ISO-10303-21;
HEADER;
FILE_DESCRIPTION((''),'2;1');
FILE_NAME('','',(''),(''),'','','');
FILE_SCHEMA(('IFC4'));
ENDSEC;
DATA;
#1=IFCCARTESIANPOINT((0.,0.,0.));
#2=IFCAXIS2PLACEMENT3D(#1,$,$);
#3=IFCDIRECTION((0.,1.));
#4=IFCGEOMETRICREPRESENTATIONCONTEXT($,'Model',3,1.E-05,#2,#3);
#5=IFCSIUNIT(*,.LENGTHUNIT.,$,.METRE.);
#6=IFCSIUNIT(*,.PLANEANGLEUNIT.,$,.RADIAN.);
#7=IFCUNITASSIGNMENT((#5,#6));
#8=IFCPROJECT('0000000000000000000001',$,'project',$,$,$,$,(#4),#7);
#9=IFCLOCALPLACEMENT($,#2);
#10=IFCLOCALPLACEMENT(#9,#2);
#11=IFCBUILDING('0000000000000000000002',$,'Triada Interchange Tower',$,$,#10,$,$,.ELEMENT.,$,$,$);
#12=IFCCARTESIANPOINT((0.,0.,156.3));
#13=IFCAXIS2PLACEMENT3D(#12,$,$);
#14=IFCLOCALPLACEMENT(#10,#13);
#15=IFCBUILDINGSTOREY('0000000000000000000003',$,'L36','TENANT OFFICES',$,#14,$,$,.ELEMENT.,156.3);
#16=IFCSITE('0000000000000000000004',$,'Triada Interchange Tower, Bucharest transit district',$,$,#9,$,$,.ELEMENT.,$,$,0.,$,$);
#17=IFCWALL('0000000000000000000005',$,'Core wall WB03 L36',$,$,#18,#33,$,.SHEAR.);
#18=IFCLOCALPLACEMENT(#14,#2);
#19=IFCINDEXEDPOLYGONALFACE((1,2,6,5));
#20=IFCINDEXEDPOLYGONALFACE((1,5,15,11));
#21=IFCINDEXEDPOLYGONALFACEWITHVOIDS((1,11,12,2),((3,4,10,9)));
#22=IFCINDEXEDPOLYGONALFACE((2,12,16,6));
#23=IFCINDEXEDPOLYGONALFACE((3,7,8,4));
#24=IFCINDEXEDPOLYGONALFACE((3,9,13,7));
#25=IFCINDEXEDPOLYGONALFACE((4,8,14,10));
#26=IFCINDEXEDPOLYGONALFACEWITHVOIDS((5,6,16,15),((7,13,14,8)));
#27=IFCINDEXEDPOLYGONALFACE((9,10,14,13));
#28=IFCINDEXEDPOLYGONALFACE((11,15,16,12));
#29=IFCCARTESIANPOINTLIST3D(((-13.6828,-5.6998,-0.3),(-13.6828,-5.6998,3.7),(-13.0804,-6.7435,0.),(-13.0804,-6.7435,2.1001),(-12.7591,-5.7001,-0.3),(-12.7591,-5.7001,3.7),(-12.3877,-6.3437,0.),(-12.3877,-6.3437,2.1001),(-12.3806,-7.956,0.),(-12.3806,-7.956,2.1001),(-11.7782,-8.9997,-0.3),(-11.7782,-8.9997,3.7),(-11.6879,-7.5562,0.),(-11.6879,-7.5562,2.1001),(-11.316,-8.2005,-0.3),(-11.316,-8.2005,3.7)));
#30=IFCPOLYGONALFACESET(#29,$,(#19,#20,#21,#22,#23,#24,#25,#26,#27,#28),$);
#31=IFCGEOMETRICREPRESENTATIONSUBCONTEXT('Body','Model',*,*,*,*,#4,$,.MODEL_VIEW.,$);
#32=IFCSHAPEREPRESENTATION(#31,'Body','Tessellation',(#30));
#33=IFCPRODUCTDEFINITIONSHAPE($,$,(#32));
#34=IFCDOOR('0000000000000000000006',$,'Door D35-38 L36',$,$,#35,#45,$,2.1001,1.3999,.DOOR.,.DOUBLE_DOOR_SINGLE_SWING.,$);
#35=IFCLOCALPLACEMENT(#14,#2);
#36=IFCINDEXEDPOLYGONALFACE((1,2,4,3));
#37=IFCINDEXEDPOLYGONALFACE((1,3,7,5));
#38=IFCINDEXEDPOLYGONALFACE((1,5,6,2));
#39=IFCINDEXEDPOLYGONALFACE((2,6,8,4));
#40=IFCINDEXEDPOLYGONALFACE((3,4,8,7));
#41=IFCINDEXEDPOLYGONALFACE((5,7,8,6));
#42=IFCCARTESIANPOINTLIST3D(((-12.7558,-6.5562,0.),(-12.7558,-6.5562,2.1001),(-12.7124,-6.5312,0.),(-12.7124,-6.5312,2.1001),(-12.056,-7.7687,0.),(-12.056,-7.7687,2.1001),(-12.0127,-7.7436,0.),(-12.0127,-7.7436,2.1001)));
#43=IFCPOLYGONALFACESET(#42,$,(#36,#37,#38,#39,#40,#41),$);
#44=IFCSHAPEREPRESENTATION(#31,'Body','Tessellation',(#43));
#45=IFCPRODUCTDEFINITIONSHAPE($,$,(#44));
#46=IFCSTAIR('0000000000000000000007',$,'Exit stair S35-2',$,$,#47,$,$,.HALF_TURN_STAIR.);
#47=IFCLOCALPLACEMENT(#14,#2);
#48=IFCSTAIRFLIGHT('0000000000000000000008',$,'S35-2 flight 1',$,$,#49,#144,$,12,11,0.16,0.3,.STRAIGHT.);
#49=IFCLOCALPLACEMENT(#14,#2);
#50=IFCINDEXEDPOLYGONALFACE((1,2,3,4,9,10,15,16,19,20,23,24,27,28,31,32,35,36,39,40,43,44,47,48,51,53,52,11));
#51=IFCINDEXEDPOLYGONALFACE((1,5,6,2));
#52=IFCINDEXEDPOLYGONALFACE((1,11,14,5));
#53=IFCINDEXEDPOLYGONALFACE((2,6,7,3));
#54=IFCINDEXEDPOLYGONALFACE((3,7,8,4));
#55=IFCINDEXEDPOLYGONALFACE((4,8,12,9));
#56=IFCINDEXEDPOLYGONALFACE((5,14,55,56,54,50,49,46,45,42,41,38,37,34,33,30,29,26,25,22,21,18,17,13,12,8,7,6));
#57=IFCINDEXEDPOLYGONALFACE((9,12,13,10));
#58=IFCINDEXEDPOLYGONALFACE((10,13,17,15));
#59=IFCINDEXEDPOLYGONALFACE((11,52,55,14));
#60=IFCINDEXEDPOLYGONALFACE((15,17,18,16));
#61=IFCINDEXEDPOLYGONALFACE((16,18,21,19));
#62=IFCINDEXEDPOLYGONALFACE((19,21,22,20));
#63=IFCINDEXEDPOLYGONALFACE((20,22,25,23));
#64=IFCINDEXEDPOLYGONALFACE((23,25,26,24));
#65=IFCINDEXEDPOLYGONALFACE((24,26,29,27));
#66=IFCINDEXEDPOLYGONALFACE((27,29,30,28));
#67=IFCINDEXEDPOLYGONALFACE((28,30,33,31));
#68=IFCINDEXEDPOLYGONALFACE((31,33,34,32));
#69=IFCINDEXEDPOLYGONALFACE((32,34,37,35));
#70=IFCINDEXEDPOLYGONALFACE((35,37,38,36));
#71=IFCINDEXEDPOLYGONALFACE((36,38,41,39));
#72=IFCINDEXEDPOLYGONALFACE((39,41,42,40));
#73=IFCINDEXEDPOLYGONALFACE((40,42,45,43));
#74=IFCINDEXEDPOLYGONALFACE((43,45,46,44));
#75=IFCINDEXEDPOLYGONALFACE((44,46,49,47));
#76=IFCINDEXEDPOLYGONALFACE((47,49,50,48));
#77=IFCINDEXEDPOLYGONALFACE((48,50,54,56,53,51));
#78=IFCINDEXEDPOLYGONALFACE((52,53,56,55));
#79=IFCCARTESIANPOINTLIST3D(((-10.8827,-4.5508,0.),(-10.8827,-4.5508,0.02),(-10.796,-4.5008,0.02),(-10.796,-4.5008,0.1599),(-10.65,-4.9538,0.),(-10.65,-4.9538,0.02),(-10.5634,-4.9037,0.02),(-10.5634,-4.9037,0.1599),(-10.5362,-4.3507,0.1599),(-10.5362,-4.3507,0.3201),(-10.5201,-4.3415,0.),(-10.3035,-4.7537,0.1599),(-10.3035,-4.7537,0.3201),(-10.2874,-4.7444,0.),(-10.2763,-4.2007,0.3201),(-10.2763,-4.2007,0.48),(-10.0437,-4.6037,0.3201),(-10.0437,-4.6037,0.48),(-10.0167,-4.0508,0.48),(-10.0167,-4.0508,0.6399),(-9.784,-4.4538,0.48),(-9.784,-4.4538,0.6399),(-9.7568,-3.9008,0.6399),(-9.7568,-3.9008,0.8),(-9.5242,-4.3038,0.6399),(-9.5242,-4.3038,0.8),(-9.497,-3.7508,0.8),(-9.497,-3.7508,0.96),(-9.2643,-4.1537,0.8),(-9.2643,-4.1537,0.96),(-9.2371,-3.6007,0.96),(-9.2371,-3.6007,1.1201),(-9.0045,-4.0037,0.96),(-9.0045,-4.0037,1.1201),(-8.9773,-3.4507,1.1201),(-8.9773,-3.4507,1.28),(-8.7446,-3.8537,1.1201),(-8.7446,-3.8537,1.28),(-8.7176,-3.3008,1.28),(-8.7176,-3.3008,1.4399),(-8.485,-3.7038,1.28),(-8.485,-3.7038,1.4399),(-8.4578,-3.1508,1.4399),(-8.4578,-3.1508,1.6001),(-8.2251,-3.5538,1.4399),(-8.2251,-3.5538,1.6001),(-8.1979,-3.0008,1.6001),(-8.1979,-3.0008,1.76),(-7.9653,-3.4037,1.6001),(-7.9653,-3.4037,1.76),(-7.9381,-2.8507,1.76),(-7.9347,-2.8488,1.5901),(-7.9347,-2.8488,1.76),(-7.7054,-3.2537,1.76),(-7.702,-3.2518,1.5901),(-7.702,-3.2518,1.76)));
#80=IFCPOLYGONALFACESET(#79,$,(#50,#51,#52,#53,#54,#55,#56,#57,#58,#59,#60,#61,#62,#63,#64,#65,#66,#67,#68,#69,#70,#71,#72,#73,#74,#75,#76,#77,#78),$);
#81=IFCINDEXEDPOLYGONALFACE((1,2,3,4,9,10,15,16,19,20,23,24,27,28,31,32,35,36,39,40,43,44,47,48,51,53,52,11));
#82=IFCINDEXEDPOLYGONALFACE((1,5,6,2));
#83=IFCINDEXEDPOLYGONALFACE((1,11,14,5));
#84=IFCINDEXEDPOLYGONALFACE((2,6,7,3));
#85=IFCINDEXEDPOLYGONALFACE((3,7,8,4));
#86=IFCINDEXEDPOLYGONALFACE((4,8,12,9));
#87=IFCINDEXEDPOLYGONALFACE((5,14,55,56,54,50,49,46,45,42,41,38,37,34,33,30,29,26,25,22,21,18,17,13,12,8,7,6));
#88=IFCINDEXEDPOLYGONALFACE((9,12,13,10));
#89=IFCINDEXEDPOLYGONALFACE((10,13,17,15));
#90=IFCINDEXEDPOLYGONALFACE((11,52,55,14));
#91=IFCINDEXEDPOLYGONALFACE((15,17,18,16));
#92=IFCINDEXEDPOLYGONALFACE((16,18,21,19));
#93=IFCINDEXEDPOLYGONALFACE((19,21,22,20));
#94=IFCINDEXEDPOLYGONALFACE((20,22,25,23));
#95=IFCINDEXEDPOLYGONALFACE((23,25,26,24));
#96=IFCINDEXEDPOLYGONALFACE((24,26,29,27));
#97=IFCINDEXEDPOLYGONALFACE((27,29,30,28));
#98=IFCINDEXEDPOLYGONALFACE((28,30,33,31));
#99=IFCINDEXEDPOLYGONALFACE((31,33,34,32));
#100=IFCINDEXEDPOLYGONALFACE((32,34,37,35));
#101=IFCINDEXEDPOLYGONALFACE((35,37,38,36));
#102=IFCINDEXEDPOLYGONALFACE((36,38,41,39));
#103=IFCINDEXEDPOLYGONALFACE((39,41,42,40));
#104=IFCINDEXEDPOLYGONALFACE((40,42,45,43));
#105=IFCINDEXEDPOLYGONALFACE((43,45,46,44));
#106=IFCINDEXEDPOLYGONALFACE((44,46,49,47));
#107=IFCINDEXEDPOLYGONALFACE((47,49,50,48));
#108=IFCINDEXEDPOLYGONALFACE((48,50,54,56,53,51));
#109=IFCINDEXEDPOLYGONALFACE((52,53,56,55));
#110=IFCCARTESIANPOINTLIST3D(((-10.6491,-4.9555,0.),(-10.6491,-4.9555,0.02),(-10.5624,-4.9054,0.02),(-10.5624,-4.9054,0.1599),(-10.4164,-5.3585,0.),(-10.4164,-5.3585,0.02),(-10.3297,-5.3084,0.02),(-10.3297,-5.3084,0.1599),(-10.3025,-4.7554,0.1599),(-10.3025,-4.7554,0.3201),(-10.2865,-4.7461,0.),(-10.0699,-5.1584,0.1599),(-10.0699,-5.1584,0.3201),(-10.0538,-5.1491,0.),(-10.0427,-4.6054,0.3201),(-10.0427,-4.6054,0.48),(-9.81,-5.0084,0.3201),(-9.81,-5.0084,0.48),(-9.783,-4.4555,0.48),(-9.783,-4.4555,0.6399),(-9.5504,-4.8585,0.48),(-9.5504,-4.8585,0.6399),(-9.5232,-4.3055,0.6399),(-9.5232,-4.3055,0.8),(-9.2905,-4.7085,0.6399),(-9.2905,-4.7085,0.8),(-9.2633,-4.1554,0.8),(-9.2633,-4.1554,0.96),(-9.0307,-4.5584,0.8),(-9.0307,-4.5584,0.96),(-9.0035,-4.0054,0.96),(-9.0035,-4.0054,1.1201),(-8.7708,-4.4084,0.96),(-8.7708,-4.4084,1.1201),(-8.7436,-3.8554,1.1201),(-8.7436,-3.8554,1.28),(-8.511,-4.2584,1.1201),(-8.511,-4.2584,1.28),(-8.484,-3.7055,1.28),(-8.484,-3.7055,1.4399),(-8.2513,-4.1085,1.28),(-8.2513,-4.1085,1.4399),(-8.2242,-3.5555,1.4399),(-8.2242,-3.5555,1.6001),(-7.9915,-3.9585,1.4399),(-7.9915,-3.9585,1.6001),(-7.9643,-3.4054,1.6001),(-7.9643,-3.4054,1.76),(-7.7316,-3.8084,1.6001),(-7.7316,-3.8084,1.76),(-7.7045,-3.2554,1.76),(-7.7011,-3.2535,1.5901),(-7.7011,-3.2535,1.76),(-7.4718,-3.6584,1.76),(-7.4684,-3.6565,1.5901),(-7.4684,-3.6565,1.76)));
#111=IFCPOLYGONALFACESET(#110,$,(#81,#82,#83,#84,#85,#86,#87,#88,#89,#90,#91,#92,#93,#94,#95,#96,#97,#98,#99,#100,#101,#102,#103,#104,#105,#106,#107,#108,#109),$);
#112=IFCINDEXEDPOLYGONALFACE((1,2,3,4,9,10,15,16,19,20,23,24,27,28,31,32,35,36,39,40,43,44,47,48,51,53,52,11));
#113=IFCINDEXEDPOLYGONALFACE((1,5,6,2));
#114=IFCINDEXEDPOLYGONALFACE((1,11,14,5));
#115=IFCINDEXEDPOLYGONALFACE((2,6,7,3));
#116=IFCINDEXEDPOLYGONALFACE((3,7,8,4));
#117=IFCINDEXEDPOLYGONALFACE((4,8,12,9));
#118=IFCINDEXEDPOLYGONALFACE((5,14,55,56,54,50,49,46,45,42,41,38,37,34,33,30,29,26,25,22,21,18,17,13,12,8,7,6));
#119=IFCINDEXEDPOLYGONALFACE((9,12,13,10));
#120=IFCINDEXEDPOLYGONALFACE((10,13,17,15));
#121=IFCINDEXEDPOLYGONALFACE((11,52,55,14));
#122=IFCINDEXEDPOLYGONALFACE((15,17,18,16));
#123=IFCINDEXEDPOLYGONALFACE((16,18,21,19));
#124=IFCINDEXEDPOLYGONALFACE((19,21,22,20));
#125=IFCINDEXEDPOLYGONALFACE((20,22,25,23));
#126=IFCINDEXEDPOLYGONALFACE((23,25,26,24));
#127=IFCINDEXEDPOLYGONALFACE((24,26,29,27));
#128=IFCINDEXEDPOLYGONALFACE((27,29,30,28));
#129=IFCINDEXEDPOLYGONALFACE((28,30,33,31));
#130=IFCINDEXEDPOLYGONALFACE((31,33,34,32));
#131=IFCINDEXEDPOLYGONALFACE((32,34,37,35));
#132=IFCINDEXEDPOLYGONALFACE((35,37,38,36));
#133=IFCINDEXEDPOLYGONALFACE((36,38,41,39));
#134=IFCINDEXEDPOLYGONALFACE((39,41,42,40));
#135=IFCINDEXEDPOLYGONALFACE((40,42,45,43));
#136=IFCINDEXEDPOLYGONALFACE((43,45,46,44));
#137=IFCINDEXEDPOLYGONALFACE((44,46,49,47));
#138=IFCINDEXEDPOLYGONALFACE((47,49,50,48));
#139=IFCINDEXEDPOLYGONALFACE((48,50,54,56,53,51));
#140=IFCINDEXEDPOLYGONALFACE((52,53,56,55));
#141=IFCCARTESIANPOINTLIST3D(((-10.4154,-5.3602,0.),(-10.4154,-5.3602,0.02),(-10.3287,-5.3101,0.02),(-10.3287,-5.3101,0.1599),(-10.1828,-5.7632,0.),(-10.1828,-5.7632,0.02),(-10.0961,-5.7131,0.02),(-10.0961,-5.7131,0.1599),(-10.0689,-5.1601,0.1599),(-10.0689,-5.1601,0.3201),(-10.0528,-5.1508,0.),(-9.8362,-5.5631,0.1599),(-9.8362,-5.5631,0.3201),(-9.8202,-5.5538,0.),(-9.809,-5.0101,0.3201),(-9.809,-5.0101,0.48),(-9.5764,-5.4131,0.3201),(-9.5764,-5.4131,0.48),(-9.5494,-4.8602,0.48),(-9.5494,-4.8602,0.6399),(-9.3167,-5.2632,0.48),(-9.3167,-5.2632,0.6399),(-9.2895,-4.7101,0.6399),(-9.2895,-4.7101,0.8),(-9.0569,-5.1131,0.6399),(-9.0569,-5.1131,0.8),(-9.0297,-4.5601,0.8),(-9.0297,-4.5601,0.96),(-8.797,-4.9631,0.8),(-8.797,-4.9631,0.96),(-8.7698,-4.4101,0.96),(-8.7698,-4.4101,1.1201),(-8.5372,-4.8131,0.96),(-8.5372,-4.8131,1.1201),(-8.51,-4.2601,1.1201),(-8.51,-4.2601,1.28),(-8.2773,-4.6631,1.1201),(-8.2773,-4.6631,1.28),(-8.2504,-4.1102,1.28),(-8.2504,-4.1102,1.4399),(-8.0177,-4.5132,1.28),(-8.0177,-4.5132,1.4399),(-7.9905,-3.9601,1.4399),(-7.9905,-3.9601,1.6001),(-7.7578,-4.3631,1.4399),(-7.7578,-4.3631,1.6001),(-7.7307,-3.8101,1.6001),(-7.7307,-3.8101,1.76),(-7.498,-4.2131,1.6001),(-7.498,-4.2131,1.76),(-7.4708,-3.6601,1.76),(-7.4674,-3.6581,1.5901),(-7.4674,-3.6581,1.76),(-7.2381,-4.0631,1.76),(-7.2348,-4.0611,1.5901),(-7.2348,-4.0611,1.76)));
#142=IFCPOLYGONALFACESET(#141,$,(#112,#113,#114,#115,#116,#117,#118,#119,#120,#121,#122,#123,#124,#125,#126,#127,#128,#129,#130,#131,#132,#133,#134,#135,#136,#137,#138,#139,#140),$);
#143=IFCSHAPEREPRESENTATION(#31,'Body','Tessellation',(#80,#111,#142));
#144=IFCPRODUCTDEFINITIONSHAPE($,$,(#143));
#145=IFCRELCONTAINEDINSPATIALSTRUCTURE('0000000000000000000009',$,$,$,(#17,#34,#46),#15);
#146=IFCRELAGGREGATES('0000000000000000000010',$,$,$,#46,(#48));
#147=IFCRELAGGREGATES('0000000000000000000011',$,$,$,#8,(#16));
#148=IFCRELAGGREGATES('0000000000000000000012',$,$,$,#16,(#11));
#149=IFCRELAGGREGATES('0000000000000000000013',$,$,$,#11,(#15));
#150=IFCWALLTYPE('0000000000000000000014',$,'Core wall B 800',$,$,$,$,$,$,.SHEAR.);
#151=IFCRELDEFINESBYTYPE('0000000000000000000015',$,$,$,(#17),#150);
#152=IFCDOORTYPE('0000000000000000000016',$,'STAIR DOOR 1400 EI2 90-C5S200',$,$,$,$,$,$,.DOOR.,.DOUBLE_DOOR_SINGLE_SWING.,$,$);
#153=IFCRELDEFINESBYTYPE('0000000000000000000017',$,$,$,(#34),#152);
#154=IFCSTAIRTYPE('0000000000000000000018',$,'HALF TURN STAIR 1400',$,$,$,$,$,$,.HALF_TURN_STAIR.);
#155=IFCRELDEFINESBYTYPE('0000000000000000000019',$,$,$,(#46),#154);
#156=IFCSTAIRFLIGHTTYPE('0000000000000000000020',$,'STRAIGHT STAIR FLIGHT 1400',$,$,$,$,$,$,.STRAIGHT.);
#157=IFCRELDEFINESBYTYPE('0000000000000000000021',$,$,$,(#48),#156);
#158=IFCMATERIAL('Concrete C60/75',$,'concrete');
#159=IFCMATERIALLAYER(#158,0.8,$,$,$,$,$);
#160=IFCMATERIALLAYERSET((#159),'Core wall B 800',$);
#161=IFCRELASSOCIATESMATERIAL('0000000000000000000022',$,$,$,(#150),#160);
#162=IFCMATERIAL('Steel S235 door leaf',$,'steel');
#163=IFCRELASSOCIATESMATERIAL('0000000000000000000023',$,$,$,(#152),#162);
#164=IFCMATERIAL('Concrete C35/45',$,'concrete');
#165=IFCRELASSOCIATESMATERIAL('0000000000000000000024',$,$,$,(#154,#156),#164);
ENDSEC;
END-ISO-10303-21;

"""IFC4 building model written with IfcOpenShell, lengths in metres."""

from ifc_helpers import new_model, si_unit, direction, frame, frame_2d, origin, place, context, subcontext, project, spatial, polyline, rectangle, outline, extrude, material, layer, layer_set, type_object, element, fill, aggregate, save


model = new_model("IFC4")

# Units and contexts
model_context = context("Model", 3, precision=1e-05, world=origin(), true_north=direction((0.0, 1.0)))
body_context = subcontext(model_context, "Body", "Model", "MODEL_VIEW")
ifc_project = project(units=[si_unit("LENGTHUNIT", "METRE"), si_unit("PLANEANGLEUNIT", "RADIAN")], contexts=[model_context])

# Site, building, storey
site_placement = place(None, origin())
site = spatial("IfcSite", under=ifc_project, at=site_placement, Name="Triada Interchange Tower, Bucharest transit district", CompositionType="ELEMENT", RefElevation=0.0)
building_placement = place(site_placement, origin())
building = spatial("IfcBuilding", under=site, at=building_placement, Name="Triada Interchange Tower", CompositionType="ELEMENT")
storey_placement = place(building_placement, frame((0.0, 0.0, 156.3)))
storey = spatial("IfcBuildingStorey", under=building, at=storey_placement, Name="L36", Description="TENANT OFFICES", CompositionType="ELEMENT", Elevation=156.3)

# Shared definitions
ifc_material_1 = material(Name="Steel S235 door leaf", Category="steel")

# Wall, opening, door
ifc_material_2 = material(Name="Concrete C60/75", Category="concrete")
ifc_layer_1 = layer(ifc_material_2, 0.8)
ifc_layer_set_1 = layer_set([ifc_layer_1], Name="Core wall B 800")
wall_type_1 = type_object("IfcWallType", Name="Core wall B 800", PredefinedType="SHEAR", material=ifc_layer_set_1)
wall_1_placement = place(storey_placement, frame((-13.2209, -5.7, -0.3), z_axis=(0.0, 0.0, 1.0), x_axis=(0.499872, -0.866099, 0.0)))
wall_1 = element("IfcWall", 1, at=wall_1_placement, inside=storey, type_object=wall_type_1, Name="Core wall WB03 L36", PredefinedType="SHEAR", context=body_context, shape_type="SweptSolid", body=[
    extrude(outline(polyline([(-0.231, -0.3999), (1.6741, -0.3999), (3.5791, -0.3999), (3.1179, 0.3999), (1.6743, 0.3999), (0.231, 0.3999), (-0.231, -0.3999)])), origin(), (0.0, 0.0, 1.0), 4.0),
])
opening_1_placement = place(wall_1_placement, frame((0.9741, 0.0, 0.3)))
opening_1 = element("IfcOpeningElement", 2, at=opening_1_placement, cuts=wall_1, PredefinedType="OPENING", context=body_context, shape_type="SweptSolid", body=[
    extrude(rectangle(XDim=1.3999, YDim=2.1001, at=frame_2d((0.7, 1.05))), frame((0.0, 0.4099, 0.0), z_axis=(0.0, -1.0, 0.0), x_axis=(1.0, 0.0, 0.0)), (0.0, 0.0, 1.0), 0.8201),
])
door_type_1 = type_object("IfcDoorType", Name="STAIR DOOR 1400 EI2 90-C5S200", OperationType="DOUBLE_DOOR_SINGLE_SWING", PredefinedType="DOOR", material=ifc_material_1)
door_1_placement = place(opening_1_placement, origin())
door_1 = element("IfcDoor", 3, at=door_1_placement, inside=storey, type_object=door_type_1, Name="Door D35-38 L36", OperationType="DOUBLE_DOOR_SINGLE_SWING", OverallHeight=2.1001, OverallWidth=1.3999, PredefinedType="DOOR", context=body_context, shape_type="SweptSolid", body=[
    extrude(rectangle(XDim=1.3999, YDim=2.1001, at=frame_2d((0.7, 1.05))), frame((0.0, 0.0249, 0.0), z_axis=(0.0, -1.0, 0.0), x_axis=(1.0, 0.0, 0.0)), (0.0, 0.0, 1.0), 0.05),
])
fill(opening_1, door_1)

# Stair, stair flight
ifc_material_3 = material(Name="Concrete C35/45", Category="concrete")
stair_type = type_object("IfcStairType", Name="HALF TURN STAIR 1400", PredefinedType="HALF_TURN_STAIR", material=ifc_material_3)
stair_placement = place(storey_placement, origin())
stair = element("IfcStair", 4, at=stair_placement, inside=storey, type_object=stair_type, Name="Exit stair S35-2", PredefinedType="HALF_TURN_STAIR")
stair_flight_type = type_object("IfcStairFlightType", Name="STRAIGHT STAIR FLIGHT 1400", PredefinedType="STRAIGHT", material=ifc_material_3)
stair_flight_1_placement = place(storey_placement, frame((-10.446, -5.1069, 0.0), z_axis=(0.0, 0.0, 1.0), x_axis=(0.866025, 0.5, 0.0)))
stair_flight_1 = element("IfcStairFlight", 5, at=stair_flight_1_placement, type_object=stair_flight_type, Name="S35-2 flight 1", NumberOfRisers=12, NumberOfTreads=11, PredefinedType="STRAIGHT", RiserHeight=0.16, TreadLength=0.3, context=body_context, shape_type="SweptSolid", body=[
    extrude(outline(polyline([(-0.1001, 0.0), (-0.1001, 0.02), (0.0, 0.02), (0.0, 0.1599), (0.3, 0.1599), (0.3, 0.3201), (0.6001, 0.3201), (0.6001, 0.48), (0.8999, 0.48), (0.8999, 0.6399), (1.2, 0.6399), (1.2, 0.8), (1.5, 0.8), (1.5, 0.96), (1.8, 0.96), (1.8, 1.1201), (2.1001, 1.1201), (2.1001, 1.28), (2.3999, 1.28), (2.3999, 1.4399), (2.7, 1.4399), (2.7, 1.6001), (3.0, 1.6001), (3.0, 1.76), (3.3, 1.76), (3.304, 1.76), (3.304, 1.9199), (3.304, 1.5901), (0.3186, 0.0), (-0.1001, 0.0)])), frame((0.0, 0.7, 0.0), z_axis=(0.0, -1.0, 0.0), x_axis=(1.0, 0.0, 0.0)), (0.0, 0.0, 1.0), 0.4653),
    extrude(outline(polyline([(-0.1001, 0.0), (-0.1001, 0.02), (0.0, 0.02), (0.0, 0.1599), (0.3, 0.1599), (0.3, 0.3201), (0.6001, 0.3201), (0.6001, 0.48), (0.8999, 0.48), (0.8999, 0.6399), (1.2, 0.6399), (1.2, 0.8), (1.5, 0.8), (1.5, 0.96), (1.8, 0.96), (1.8, 1.1201), (2.1001, 1.1201), (2.1001, 1.28), (2.3999, 1.28), (2.3999, 1.4399), (2.7, 1.4399), (2.7, 1.6001), (3.0, 1.6001), (3.0, 1.76), (3.3, 1.76), (3.304, 1.76), (3.304, 1.9199), (3.304, 1.5901), (0.3186, 0.0), (-0.1001, 0.0)])), frame((0.0, 0.2327, 0.0), z_axis=(0.0, -1.0, 0.0), x_axis=(1.0, 0.0, 0.0)), (0.0, 0.0, 1.0), 0.4653),
    extrude(outline(polyline([(-0.1001, 0.0), (-0.1001, 0.02), (0.0, 0.02), (0.0, 0.1599), (0.3, 0.1599), (0.3, 0.3201), (0.6001, 0.3201), (0.6001, 0.48), (0.8999, 0.48), (0.8999, 0.6399), (1.2, 0.6399), (1.2, 0.8), (1.5, 0.8), (1.5, 0.96), (1.8, 0.96), (1.8, 1.1201), (2.1001, 1.1201), (2.1001, 1.28), (2.3999, 1.28), (2.3999, 1.4399), (2.7, 1.4399), (2.7, 1.6001), (3.0, 1.6001), (3.0, 1.76), (3.3, 1.76), (3.304, 1.76), (3.304, 1.9199), (3.304, 1.5901), (0.3186, 0.0), (-0.1001, 0.0)])), frame((0.0, -0.2346, 0.0), z_axis=(0.0, -1.0, 0.0), x_axis=(1.0, 0.0, 0.0)), (0.0, 0.0, 1.0), 0.4653),
])
aggregate(stair, [stair_flight_1])

save(model, "model.ifc")
